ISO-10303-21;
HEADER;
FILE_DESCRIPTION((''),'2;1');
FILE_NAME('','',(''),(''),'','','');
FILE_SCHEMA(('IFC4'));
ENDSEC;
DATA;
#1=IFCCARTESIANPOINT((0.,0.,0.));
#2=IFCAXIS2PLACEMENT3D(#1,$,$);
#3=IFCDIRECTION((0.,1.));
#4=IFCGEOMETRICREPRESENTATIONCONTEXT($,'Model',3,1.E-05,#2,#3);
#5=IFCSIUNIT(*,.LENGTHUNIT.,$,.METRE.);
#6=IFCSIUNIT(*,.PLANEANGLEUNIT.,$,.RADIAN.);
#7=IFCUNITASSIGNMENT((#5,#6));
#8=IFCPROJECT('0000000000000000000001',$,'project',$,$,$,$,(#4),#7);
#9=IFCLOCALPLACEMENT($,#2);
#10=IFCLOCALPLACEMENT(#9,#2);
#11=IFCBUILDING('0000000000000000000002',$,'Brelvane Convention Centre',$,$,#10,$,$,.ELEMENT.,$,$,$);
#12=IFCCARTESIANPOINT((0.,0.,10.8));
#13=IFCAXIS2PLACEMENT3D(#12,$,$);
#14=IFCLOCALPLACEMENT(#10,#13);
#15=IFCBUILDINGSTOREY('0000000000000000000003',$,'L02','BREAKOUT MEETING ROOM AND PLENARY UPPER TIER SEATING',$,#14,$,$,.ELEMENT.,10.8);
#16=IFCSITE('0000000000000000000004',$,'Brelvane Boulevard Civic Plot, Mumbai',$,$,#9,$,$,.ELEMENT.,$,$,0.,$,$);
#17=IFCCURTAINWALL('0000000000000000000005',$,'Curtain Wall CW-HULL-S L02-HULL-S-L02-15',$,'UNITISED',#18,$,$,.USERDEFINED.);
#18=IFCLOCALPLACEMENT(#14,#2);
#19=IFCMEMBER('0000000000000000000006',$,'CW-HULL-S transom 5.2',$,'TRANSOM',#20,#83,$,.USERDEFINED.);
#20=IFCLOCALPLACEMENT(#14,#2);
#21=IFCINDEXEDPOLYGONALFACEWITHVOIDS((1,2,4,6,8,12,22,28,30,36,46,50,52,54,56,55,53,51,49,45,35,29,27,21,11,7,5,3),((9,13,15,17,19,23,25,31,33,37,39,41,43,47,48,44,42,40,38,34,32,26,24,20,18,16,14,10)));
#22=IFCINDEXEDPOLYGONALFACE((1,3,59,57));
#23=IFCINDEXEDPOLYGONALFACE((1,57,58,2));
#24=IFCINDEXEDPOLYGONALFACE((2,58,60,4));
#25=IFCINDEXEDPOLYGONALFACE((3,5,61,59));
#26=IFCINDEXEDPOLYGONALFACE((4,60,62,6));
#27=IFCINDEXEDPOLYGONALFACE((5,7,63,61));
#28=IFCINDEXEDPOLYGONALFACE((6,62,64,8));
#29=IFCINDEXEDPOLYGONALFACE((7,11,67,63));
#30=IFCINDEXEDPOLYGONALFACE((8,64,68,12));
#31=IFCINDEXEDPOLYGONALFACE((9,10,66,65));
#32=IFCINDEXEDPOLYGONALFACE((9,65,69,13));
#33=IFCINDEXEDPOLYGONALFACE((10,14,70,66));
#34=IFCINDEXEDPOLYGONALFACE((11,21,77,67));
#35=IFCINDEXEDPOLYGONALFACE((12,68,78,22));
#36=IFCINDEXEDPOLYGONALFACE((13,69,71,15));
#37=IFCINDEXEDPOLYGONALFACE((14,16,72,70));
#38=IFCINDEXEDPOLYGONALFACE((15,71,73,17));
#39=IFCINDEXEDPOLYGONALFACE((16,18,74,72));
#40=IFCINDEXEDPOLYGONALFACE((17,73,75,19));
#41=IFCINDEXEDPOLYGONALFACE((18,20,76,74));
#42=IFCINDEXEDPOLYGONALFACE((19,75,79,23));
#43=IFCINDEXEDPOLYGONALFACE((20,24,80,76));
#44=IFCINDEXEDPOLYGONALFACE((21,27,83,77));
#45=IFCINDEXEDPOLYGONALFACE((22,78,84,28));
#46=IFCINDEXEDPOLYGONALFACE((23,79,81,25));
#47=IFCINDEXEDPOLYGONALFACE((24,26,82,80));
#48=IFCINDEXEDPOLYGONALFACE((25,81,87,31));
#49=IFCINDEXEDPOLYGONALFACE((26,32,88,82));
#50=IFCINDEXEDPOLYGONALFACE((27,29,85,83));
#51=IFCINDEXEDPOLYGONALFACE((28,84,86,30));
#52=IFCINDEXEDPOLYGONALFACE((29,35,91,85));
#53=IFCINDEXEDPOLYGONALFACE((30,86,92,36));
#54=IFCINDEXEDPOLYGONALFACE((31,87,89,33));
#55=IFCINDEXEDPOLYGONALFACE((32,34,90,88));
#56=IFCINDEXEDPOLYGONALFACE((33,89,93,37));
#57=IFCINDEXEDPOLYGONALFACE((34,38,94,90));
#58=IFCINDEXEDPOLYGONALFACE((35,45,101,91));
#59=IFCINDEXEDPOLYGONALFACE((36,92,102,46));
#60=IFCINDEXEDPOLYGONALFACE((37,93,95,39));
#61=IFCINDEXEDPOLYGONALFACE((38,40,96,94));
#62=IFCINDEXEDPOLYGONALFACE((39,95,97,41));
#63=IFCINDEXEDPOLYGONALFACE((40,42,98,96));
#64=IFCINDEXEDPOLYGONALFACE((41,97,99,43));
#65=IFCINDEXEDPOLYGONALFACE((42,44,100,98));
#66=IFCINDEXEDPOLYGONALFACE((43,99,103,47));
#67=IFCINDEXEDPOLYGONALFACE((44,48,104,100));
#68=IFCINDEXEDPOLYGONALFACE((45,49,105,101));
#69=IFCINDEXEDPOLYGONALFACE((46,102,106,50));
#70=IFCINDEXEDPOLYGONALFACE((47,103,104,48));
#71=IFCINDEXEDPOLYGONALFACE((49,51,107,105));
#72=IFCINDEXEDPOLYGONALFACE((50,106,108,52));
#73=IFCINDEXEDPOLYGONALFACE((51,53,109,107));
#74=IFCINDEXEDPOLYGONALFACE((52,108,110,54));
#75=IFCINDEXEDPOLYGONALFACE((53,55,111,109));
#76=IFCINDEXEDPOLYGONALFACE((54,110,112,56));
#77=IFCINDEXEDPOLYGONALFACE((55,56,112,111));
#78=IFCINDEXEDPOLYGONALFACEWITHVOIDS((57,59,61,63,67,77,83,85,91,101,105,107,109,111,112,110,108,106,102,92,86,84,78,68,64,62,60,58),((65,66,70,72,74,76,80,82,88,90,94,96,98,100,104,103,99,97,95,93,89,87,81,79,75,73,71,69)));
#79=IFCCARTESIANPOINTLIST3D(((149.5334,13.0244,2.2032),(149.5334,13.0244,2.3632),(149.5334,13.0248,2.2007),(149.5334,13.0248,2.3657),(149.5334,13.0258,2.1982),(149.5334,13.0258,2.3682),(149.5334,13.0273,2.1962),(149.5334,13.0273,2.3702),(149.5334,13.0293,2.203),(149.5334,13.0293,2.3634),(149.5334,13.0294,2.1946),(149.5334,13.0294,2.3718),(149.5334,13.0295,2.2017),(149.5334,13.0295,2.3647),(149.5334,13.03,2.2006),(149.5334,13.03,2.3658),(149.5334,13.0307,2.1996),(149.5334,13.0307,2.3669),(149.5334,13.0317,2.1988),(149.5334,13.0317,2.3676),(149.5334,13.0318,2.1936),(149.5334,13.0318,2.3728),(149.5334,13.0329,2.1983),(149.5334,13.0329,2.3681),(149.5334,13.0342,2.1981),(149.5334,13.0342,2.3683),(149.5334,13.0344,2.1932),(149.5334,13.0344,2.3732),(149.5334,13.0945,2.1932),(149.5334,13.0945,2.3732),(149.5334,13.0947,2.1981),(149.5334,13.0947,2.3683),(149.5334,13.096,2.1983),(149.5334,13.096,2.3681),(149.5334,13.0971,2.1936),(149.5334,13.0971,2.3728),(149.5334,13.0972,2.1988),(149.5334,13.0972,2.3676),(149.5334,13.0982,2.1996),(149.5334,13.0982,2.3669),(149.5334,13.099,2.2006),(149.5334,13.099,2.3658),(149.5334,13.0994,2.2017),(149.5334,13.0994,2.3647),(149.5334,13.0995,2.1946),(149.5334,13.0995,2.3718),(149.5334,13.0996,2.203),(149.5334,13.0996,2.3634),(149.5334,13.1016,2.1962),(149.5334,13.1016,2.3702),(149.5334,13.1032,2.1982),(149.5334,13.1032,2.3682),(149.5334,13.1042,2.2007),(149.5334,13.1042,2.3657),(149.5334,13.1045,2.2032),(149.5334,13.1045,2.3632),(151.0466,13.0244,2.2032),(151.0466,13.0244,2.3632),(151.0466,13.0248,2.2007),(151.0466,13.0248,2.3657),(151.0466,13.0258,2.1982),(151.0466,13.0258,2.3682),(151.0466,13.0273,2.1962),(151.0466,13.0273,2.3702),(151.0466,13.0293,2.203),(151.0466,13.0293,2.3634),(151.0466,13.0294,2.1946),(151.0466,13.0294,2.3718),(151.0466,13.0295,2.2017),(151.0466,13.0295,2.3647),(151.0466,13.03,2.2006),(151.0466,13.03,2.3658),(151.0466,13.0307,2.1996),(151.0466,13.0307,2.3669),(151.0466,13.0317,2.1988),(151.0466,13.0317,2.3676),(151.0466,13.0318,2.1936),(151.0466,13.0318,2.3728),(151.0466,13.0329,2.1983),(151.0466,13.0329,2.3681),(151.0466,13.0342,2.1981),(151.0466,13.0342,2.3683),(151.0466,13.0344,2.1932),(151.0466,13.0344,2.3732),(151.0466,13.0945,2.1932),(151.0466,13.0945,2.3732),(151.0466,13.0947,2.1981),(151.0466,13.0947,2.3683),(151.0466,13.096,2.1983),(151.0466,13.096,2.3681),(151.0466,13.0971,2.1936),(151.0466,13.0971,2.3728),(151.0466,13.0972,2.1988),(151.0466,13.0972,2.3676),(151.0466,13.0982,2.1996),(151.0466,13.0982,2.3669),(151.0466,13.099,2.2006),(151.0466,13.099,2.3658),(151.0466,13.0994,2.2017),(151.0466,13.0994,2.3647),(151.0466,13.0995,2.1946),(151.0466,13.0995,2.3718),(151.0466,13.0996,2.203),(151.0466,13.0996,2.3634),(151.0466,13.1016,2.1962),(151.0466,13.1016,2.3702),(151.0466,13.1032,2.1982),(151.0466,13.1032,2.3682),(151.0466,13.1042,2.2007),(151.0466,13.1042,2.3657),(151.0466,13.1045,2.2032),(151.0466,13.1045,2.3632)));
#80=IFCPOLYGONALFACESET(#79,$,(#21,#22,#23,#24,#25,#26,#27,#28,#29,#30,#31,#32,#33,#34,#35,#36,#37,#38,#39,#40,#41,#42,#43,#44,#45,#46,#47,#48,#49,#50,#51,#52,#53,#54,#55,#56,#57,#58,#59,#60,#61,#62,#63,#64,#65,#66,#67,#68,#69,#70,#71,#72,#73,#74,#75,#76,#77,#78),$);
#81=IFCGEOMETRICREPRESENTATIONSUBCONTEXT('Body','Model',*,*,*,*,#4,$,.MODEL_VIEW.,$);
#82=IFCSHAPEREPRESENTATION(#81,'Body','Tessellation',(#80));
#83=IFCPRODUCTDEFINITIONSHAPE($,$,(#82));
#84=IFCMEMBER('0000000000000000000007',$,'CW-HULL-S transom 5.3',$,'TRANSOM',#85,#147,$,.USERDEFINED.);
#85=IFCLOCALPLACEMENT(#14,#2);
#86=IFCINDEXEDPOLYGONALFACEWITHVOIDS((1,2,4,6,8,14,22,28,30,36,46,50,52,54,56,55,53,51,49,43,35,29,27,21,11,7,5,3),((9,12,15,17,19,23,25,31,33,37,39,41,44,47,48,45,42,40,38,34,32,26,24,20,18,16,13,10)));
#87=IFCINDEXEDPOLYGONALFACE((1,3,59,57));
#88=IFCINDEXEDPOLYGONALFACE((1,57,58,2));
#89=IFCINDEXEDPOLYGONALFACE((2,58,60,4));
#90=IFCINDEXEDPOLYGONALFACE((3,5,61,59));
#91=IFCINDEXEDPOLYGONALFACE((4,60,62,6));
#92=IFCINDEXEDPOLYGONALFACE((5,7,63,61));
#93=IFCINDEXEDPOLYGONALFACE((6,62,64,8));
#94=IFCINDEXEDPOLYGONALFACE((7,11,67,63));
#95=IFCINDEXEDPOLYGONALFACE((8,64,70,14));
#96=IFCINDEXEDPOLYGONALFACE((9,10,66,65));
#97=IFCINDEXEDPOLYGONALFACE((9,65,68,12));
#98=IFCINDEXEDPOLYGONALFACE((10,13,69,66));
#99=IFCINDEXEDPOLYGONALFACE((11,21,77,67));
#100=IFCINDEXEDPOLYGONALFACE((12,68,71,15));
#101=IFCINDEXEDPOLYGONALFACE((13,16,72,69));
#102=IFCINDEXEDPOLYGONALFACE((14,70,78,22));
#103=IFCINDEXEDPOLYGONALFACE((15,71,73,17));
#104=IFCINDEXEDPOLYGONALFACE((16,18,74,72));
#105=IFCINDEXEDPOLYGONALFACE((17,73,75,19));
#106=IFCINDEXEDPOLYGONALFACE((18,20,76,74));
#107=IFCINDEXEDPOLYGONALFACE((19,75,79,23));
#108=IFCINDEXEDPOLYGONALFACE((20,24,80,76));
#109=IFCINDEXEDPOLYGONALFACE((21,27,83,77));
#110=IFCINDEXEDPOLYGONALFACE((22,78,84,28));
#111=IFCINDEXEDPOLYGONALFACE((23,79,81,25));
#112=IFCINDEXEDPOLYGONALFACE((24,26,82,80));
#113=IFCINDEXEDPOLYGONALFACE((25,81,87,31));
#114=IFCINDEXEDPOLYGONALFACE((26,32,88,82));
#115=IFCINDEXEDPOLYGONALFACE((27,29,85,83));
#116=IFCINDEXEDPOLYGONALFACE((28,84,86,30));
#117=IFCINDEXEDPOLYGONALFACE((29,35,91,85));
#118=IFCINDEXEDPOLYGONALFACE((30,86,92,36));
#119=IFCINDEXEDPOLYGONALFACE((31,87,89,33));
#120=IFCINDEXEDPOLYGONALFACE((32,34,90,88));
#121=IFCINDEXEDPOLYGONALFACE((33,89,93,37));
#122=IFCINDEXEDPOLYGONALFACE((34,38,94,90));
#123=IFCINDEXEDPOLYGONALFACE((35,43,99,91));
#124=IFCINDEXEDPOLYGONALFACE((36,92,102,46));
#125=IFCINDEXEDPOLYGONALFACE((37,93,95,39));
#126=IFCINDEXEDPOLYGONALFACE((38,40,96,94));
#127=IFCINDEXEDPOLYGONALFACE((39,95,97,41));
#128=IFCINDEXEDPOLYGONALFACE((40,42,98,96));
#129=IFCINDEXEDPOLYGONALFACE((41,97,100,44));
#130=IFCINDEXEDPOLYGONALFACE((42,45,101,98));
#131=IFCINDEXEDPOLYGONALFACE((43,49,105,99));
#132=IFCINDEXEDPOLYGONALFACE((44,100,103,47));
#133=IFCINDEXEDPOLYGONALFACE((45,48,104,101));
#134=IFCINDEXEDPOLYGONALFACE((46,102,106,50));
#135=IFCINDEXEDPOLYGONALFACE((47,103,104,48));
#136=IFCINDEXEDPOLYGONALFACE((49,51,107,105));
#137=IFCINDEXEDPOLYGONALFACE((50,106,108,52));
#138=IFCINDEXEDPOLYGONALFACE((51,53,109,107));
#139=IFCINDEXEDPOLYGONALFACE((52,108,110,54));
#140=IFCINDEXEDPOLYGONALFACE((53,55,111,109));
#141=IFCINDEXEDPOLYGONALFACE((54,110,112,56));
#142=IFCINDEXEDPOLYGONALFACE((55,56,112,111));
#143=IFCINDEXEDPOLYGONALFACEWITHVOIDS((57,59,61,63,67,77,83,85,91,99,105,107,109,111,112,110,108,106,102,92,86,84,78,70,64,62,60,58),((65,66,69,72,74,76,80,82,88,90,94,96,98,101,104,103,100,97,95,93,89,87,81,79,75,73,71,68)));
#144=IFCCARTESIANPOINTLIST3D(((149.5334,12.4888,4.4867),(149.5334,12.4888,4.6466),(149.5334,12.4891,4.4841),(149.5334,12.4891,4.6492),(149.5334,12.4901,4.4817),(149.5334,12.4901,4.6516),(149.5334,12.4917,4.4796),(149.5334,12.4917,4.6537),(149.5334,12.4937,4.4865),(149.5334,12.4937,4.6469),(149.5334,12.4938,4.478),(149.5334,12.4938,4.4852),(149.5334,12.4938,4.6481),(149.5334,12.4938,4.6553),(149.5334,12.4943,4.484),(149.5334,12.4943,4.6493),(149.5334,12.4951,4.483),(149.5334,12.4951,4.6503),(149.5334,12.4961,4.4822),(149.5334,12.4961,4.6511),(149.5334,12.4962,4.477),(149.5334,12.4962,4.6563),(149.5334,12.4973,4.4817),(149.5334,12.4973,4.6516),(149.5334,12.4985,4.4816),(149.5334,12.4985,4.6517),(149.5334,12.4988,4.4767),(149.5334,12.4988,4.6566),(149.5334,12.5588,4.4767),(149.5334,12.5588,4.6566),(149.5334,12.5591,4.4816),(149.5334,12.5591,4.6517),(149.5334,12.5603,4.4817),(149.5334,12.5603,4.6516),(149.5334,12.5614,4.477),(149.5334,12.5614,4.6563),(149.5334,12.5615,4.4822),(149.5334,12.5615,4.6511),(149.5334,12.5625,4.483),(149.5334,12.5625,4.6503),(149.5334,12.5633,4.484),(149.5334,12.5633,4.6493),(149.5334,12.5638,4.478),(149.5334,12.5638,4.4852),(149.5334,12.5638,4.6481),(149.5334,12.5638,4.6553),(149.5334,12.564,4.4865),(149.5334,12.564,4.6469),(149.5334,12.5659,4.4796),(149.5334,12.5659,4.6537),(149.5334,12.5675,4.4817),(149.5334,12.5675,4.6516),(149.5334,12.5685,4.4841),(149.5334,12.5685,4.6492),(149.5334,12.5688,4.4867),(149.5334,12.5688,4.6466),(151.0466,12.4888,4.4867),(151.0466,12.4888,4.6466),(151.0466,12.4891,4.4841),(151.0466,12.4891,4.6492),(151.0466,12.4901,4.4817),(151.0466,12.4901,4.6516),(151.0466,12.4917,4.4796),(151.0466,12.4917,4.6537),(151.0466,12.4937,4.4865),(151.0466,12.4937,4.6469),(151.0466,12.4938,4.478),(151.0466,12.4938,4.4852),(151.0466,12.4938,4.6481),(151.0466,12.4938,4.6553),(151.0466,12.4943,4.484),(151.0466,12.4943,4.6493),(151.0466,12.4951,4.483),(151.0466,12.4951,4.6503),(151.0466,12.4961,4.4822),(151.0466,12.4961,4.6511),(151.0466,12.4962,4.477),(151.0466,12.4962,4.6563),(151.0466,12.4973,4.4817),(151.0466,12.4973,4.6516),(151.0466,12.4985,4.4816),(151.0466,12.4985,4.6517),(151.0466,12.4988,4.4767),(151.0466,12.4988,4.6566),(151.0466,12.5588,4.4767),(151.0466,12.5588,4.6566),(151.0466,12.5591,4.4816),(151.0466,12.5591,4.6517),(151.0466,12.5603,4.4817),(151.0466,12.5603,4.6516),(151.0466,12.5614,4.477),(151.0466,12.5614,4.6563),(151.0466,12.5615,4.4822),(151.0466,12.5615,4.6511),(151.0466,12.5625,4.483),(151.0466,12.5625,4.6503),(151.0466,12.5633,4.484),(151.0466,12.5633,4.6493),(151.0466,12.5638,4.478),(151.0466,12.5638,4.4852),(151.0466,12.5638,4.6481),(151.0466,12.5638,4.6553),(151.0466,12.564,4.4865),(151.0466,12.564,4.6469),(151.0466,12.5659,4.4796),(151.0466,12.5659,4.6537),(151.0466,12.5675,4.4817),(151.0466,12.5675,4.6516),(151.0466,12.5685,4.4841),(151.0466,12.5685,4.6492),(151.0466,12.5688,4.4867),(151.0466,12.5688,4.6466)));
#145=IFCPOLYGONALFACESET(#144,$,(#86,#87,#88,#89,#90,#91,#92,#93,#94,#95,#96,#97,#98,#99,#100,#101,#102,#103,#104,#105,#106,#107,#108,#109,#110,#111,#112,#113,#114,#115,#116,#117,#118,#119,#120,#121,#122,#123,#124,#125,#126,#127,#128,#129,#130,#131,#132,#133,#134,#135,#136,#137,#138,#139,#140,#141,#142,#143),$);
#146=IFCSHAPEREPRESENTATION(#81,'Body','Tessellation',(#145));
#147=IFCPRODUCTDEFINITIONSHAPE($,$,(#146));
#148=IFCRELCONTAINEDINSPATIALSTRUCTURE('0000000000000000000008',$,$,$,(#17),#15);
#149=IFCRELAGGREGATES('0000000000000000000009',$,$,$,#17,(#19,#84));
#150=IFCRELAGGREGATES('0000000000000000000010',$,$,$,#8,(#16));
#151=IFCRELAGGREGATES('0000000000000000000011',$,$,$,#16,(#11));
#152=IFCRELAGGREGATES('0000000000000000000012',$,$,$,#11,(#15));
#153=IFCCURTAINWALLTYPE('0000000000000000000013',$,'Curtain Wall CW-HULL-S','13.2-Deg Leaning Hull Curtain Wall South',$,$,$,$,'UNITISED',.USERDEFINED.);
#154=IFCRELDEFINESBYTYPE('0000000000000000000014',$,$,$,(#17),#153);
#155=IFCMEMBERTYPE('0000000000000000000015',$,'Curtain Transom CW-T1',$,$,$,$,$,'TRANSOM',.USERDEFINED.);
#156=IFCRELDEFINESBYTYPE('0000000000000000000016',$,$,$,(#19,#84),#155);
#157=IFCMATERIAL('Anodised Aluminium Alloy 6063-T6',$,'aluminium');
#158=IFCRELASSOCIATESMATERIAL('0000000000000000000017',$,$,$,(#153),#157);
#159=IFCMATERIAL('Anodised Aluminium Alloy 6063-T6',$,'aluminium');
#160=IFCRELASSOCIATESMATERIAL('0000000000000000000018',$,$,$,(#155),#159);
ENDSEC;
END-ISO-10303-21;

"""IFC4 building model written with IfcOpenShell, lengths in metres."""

from ifc_helpers import new_model, si_unit, direction, frame, origin, origin_2d, place, context, subcontext, project, spatial, hollow_rectangle, extrude, material, material_profile, profile_set, type_object, element, aggregate, save


model = new_model("IFC4")

# Units and contexts
model_context = context("Model", 3, precision=1e-05, world=origin(), true_north=direction((0.0, 1.0)))
body_context = subcontext(model_context, "Body", "Model", "MODEL_VIEW")
ifc_project = project(units=[si_unit("LENGTHUNIT", "METRE"), si_unit("PLANEANGLEUNIT", "RADIAN")], contexts=[model_context])

# Site, building, storey
site_placement = place(None, origin())
site = spatial("IfcSite", under=ifc_project, at=site_placement, Name="Brelvane Boulevard Civic Plot, Mumbai", CompositionType="ELEMENT", RefElevation=0.0)
building_placement = place(site_placement, origin())
building = spatial("IfcBuilding", under=site, at=building_placement, Name="Brelvane Convention Centre", CompositionType="ELEMENT")
storey_placement = place(building_placement, frame((0.0, 0.0, 10.8)))
storey = spatial("IfcBuildingStorey", under=building, at=storey_placement, Name="L02", Description="BREAKOUT MEETING ROOM AND PLENARY UPPER TIER SEATING", CompositionType="ELEMENT", Elevation=10.8)

# Curtain wall, members
ifc_material_1 = material(Name="Anodised Aluminium Alloy 6063-T6", Category="aluminium")
curtain_wall_type = type_object("IfcCurtainWallType", Name="Curtain Wall CW-HULL-S", Description="13.2-Deg Leaning Hull Curtain Wall South", ElementType="UNITISED", PredefinedType="USERDEFINED", material=ifc_material_1)
curtain_wall_1_placement = place(storey_placement, origin())
curtain_wall_1 = element("IfcCurtainWall", 1, at=curtain_wall_1_placement, inside=storey, type_object=curtain_wall_type, Name="Curtain Wall CW-HULL-S L02-HULL-S-L02-15", ObjectType="UNITISED", PredefinedType="USERDEFINED")
ifc_material_2 = material(Name="Anodised Aluminium Alloy 6063-T6", Category="aluminium")
ifc_material_profile = material_profile(ifc_material_2, hollow_rectangle(XDim=0.0801, YDim=0.1799, WallThickness=0.0049, InnerFilletRadius=0.0049, OuterFilletRadius=0.01, at=origin_2d()), Name="ALU-T 180x80x5.0")
ifc_profile_set = profile_set([ifc_material_profile], Name="Anodised Aluminium Alloy 6063-T6")
member_type = type_object("IfcMemberType", Name="Curtain Transom CW-T1", ElementType="TRANSOM", PredefinedType="USERDEFINED", material=ifc_profile_set)
member_1_placement = place(storey_placement, frame((149.5334, 13.0645, 2.2832), z_axis=(1.0, 0.0, 0.0), x_axis=(0.0, 1.0, 0.0)))
member_1 = element("IfcMember", 2, at=member_1_placement, type_object=member_type, Name="CW-HULL-S transom 5.2", ObjectType="TRANSOM", PredefinedType="USERDEFINED", context=body_context, shape_type="SweptSolid", body=[
    extrude(hollow_rectangle(XDim=0.0801, YDim=0.1799, WallThickness=0.0049, InnerFilletRadius=0.0049, OuterFilletRadius=0.01, at=origin_2d()), origin(), (0.0, 0.0, 1.0), 1.5132),
])
member_2_placement = place(storey_placement, frame((149.5334, 12.5288, 4.5667), z_axis=(1.0, 0.0, 0.0), x_axis=(0.0, 1.0, 0.0)))
member_2 = element("IfcMember", 3, at=member_2_placement, type_object=member_type, Name="CW-HULL-S transom 5.3", ObjectType="TRANSOM", PredefinedType="USERDEFINED", context=body_context, shape_type="SweptSolid", body=[
    extrude(hollow_rectangle(XDim=0.0801, YDim=0.1799, WallThickness=0.0049, InnerFilletRadius=0.0049, OuterFilletRadius=0.01, at=origin_2d()), origin(), (0.0, 0.0, 1.0), 1.5132),
])

aggregate(curtain_wall_1, [member_1, member_2])

save(model, "model.ifc")
